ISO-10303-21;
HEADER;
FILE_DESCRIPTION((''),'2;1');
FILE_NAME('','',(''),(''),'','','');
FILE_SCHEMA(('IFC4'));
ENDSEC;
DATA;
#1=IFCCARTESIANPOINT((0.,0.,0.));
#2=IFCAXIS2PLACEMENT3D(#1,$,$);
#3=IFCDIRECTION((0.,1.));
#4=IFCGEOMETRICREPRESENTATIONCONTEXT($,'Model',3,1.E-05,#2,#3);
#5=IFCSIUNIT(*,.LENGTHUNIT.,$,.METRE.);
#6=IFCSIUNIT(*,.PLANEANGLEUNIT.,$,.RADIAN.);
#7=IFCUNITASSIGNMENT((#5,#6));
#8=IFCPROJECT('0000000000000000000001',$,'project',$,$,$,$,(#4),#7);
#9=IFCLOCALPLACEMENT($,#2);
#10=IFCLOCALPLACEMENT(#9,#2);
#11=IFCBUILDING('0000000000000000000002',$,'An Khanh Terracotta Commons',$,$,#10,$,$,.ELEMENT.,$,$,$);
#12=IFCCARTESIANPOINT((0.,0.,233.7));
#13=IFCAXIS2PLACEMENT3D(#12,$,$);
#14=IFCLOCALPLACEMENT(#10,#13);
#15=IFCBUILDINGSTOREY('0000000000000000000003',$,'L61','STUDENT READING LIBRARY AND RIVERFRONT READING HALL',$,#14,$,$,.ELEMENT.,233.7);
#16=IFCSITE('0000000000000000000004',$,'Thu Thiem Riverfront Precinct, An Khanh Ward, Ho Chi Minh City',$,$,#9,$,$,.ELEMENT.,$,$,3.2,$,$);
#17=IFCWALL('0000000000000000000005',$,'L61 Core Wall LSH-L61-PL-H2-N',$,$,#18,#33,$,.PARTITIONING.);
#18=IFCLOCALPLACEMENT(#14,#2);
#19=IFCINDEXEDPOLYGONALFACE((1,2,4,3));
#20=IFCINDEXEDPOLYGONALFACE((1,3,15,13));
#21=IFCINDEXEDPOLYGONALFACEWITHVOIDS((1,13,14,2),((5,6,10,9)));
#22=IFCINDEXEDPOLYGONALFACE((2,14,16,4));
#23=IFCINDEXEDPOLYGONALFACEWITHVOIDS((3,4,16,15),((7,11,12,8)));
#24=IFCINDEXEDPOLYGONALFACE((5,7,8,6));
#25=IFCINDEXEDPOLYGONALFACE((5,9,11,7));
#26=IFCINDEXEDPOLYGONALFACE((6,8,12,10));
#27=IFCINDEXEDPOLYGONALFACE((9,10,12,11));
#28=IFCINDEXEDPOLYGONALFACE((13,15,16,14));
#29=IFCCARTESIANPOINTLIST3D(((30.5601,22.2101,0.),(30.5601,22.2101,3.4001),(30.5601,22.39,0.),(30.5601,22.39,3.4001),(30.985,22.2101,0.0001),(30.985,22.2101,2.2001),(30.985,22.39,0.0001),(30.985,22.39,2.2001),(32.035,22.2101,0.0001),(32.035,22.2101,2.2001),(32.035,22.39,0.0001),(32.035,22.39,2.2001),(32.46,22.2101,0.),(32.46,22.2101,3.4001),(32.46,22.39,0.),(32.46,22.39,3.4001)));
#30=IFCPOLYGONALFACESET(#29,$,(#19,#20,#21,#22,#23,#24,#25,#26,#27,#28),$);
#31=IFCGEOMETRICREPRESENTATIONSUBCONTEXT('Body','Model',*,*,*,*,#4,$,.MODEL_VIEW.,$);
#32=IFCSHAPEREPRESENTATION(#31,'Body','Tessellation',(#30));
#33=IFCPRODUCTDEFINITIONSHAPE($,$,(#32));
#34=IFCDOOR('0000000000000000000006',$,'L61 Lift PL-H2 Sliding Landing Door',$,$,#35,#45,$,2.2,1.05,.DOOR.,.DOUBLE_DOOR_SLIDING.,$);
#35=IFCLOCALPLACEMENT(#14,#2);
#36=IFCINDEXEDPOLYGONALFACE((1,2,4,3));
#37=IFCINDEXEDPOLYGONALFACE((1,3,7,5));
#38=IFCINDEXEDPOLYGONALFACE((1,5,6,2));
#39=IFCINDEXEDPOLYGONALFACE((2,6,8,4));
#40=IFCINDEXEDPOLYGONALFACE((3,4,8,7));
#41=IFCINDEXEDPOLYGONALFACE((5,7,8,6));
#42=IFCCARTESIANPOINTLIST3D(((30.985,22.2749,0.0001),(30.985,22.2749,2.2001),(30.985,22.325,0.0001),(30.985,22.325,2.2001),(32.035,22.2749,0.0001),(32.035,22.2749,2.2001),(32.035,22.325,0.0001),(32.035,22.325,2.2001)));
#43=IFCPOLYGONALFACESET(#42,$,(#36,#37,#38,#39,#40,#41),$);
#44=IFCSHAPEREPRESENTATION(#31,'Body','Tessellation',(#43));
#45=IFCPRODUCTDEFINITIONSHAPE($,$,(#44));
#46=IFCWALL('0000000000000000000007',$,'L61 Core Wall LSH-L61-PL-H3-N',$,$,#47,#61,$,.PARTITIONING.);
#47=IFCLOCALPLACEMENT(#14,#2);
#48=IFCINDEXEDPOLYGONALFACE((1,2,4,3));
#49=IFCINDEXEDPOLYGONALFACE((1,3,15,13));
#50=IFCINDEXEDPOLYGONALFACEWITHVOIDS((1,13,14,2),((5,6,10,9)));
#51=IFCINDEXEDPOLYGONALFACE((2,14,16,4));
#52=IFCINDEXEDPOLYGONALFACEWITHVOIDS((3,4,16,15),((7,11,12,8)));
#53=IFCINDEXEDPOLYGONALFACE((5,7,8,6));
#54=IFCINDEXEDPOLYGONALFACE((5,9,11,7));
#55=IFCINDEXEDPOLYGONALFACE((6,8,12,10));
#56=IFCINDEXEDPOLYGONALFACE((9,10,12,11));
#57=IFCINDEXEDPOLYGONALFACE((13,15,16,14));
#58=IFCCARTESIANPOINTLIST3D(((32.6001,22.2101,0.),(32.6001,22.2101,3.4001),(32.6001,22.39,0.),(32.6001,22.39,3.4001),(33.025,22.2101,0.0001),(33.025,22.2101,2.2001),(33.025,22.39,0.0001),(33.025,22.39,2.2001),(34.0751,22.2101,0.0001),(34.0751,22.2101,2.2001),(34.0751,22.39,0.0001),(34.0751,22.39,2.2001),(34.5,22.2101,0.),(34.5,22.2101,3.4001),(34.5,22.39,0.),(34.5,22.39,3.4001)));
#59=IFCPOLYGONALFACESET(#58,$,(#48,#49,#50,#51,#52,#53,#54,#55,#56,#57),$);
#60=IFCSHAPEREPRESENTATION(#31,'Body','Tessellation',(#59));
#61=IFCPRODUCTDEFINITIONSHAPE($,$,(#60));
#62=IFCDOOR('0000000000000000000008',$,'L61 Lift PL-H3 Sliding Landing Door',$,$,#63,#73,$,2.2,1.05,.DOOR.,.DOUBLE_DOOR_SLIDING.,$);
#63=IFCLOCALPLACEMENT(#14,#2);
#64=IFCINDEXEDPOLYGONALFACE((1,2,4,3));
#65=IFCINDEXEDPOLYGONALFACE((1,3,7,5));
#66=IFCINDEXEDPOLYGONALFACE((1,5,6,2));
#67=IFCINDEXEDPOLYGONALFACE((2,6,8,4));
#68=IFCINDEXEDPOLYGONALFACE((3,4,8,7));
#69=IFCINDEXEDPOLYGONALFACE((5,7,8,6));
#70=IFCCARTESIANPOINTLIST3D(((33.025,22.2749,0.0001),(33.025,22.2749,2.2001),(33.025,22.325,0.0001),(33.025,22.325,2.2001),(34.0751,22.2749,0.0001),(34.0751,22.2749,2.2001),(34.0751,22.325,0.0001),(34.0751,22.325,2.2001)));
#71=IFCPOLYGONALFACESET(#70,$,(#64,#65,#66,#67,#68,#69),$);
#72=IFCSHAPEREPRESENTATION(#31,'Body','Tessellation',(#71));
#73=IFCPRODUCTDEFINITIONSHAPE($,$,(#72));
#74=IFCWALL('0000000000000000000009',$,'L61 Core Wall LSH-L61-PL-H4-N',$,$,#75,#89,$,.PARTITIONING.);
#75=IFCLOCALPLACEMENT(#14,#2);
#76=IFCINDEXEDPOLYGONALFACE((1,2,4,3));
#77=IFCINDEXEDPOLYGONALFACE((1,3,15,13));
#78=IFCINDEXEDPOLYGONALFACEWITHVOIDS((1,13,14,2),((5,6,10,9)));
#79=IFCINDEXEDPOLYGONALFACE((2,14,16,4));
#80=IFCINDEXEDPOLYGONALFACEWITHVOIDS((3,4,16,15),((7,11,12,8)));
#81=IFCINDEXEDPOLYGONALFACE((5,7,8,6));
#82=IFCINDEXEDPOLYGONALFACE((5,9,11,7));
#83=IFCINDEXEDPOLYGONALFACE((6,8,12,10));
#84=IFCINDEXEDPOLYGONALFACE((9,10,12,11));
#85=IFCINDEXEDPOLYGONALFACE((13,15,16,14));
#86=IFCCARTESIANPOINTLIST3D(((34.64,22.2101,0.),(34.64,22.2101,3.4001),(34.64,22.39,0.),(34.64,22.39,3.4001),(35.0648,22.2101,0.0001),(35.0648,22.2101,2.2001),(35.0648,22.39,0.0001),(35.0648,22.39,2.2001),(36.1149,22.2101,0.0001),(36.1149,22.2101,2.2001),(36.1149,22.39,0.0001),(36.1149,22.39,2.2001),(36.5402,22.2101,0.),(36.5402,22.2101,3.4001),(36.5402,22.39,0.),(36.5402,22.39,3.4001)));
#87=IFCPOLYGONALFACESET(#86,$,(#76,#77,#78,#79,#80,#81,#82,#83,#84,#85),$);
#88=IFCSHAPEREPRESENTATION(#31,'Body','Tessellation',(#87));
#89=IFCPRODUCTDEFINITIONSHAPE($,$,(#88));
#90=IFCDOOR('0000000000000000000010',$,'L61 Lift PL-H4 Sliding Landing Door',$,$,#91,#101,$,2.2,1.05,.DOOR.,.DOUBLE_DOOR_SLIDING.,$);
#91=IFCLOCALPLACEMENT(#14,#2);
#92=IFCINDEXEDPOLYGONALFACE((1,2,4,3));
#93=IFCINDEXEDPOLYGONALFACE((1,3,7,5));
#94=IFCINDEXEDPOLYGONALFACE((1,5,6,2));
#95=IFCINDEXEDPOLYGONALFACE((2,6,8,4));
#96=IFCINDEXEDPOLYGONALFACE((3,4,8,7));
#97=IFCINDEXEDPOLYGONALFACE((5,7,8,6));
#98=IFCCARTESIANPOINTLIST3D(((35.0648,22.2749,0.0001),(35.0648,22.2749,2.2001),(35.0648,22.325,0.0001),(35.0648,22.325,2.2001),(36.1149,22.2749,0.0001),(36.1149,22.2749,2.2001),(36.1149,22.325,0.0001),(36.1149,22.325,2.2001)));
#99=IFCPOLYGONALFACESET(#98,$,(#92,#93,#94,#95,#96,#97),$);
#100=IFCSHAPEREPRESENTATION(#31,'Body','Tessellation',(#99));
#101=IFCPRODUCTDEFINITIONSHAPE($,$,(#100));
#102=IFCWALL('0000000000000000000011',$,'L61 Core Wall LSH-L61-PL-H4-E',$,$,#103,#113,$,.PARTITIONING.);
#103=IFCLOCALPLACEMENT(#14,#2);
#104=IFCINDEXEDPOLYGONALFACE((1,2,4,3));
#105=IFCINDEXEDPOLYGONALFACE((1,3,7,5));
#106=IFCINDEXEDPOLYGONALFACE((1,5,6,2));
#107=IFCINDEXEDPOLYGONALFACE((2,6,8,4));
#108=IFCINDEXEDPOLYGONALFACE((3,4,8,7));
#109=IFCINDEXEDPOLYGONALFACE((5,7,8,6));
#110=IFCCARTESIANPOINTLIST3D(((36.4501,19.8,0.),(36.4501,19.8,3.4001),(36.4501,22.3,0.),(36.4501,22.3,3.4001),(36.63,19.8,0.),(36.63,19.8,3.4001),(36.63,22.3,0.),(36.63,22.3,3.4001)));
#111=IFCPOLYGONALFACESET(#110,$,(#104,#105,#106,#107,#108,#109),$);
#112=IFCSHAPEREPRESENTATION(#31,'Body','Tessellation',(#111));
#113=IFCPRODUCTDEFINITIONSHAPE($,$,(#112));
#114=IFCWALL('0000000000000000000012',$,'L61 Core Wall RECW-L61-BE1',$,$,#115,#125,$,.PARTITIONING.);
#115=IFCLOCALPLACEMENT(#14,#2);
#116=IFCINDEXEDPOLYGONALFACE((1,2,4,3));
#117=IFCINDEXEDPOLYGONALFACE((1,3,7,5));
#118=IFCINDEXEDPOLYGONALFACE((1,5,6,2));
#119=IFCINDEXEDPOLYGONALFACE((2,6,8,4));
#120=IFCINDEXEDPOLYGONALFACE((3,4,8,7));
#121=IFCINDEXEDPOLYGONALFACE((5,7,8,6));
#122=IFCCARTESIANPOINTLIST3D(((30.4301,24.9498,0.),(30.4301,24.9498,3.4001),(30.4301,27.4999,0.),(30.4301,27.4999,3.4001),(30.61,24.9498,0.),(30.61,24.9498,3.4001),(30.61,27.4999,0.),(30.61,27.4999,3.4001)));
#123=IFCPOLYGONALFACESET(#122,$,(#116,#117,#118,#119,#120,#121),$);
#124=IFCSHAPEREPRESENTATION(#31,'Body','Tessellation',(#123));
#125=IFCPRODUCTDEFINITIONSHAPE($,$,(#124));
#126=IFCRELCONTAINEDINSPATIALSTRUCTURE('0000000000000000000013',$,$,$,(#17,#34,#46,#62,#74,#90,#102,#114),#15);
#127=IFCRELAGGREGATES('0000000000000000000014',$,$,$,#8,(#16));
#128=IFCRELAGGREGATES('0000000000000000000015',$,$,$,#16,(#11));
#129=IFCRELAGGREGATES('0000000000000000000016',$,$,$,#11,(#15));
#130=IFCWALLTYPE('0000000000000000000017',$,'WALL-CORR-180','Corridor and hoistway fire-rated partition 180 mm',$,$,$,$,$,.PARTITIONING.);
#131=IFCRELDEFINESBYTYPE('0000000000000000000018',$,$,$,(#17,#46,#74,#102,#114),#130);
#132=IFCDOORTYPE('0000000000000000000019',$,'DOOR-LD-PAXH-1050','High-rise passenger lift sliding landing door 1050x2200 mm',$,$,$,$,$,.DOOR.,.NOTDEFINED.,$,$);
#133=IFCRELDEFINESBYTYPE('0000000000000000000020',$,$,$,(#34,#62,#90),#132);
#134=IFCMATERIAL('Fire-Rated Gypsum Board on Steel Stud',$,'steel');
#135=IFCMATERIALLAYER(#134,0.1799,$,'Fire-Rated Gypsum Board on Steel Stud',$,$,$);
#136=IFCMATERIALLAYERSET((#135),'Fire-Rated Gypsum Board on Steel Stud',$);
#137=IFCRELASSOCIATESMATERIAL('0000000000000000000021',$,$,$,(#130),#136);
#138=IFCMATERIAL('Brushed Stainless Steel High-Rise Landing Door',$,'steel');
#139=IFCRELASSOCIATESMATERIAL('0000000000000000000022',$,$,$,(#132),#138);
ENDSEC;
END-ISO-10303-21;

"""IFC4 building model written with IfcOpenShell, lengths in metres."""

from ifc_helpers import new_model, si_unit, direction, frame, frame_2d, origin, place, context, subcontext, project, spatial, rectangle, extrude, material, layer, layer_set, type_object, element, fill, save


model = new_model("IFC4")

# Units and contexts
model_context = context("Model", 3, precision=1e-05, world=origin(), true_north=direction((0.0, 1.0)))
body_context = subcontext(model_context, "Body", "Model", "MODEL_VIEW")
ifc_project = project(units=[si_unit("LENGTHUNIT", "METRE"), si_unit("PLANEANGLEUNIT", "RADIAN")], contexts=[model_context])

# Site, building, storey
site_placement = place(None, origin())
site = spatial("IfcSite", under=ifc_project, at=site_placement, Name="Thu Thiem Riverfront Precinct, An Khanh Ward, Ho Chi Minh City", CompositionType="ELEMENT", RefElevation=3.2)
building_placement = place(site_placement, origin())
building = spatial("IfcBuilding", under=site, at=building_placement, Name="An Khanh Terracotta Commons", CompositionType="ELEMENT")
storey_placement = place(building_placement, frame((0.0, 0.0, 233.7)))
storey = spatial("IfcBuildingStorey", under=building, at=storey_placement, Name="L61", Description="STUDENT READING LIBRARY AND RIVERFRONT READING HALL", CompositionType="ELEMENT", Elevation=233.7)

# Shared definitions
ifc_material_1 = material(Name="Fire-Rated Gypsum Board on Steel Stud", Category="steel")
ifc_layer = layer(ifc_material_1, 0.1799, Name="Fire-Rated Gypsum Board on Steel Stud")
ifc_layer_set = layer_set([ifc_layer], Name="Fire-Rated Gypsum Board on Steel Stud")
wall_type = type_object("IfcWallType", Name="WALL-CORR-180", Description="Corridor and hoistway fire-rated partition 180 mm", PredefinedType="PARTITIONING", material=ifc_layer_set)

# Shared definitions
ifc_material_2 = material(Name="Brushed Stainless Steel High-Rise Landing Door", Category="steel")
door_type = type_object("IfcDoorType", Name="DOOR-LD-PAXH-1050", Description="High-rise passenger lift sliding landing door 1050x2200 mm", OperationType="NOTDEFINED", PredefinedType="DOOR", material=ifc_material_2)

# Walls, openings, doors
wall_1_placement = place(storey_placement, frame((30.5601, 22.3, 0.0), z_axis=(0.0, 0.0, 1.0), x_axis=(1.0, 0.0, 0.0)))
wall_1 = element("IfcWall", 1, at=wall_1_placement, inside=storey, type_object=wall_type, Name="L61 Core Wall LSH-L61-PL-H2-N", PredefinedType="PARTITIONING", context=body_context, shape_type="SweptSolid", body=[
    extrude(rectangle(XDim=1.8999, YDim=0.1799, at=frame_2d((0.95, 0.0))), origin(), (0.0, 0.0, 1.0), 3.4001),
])
opening_1_placement = place(wall_1_placement, frame((0.425, 0.0, 0.0)))
opening_1 = element("IfcOpeningElement", 2, at=opening_1_placement, cuts=wall_1, PredefinedType="OPENING", context=body_context, shape_type="SweptSolid", body=[
    extrude(rectangle(XDim=1.05, YDim=2.2, at=frame_2d((0.5249, 1.1001))), frame((0.0, 0.0999, 0.0), z_axis=(0.0, -1.0, 0.0), x_axis=(1.0, 0.0, 0.0)), (0.0, 0.0, 1.0), 0.2),
])
door_1_placement = place(opening_1_placement, origin())
door_1 = element("IfcDoor", 3, at=door_1_placement, inside=storey, type_object=door_type, Name="L61 Lift PL-H2 Sliding Landing Door", OperationType="DOUBLE_DOOR_SLIDING", OverallHeight=2.2, OverallWidth=1.05, PredefinedType="DOOR", context=body_context, shape_type="SweptSolid", body=[
    extrude(rectangle(XDim=1.05, YDim=2.2, at=frame_2d((0.5249, 1.1001))), frame((0.0, 0.0249, 0.0), z_axis=(0.0, -1.0, 0.0), x_axis=(1.0, 0.0, 0.0)), (0.0, 0.0, 1.0), 0.05),
])
fill(opening_1, door_1)
wall_2_placement = place(storey_placement, frame((32.6001, 22.3, 0.0), z_axis=(0.0, 0.0, 1.0), x_axis=(1.0, 0.0, 0.0)))
wall_2 = element("IfcWall", 4, at=wall_2_placement, inside=storey, type_object=wall_type, Name="L61 Core Wall LSH-L61-PL-H3-N", PredefinedType="PARTITIONING", context=body_context, shape_type="SweptSolid", body=[
    extrude(rectangle(XDim=1.8999, YDim=0.1799, at=frame_2d((0.95, 0.0))), origin(), (0.0, 0.0, 1.0), 3.4001),
])
opening_2_placement = place(wall_2_placement, frame((0.425, 0.0, 0.0)))
opening_2 = element("IfcOpeningElement", 5, at=opening_2_placement, cuts=wall_2, PredefinedType="OPENING", context=body_context, shape_type="SweptSolid", body=[
    extrude(rectangle(XDim=1.05, YDim=2.2, at=frame_2d((0.5249, 1.1001))), frame((0.0, 0.0999, 0.0), z_axis=(0.0, -1.0, 0.0), x_axis=(1.0, 0.0, 0.0)), (0.0, 0.0, 1.0), 0.2),
])
door_2_placement = place(opening_2_placement, origin())
door_2 = element("IfcDoor", 6, at=door_2_placement, inside=storey, type_object=door_type, Name="L61 Lift PL-H3 Sliding Landing Door", OperationType="DOUBLE_DOOR_SLIDING", OverallHeight=2.2, OverallWidth=1.05, PredefinedType="DOOR", context=body_context, shape_type="SweptSolid", body=[
    extrude(rectangle(XDim=1.05, YDim=2.2, at=frame_2d((0.5249, 1.1001))), frame((0.0, 0.0249, 0.0), z_axis=(0.0, -1.0, 0.0), x_axis=(1.0, 0.0, 0.0)), (0.0, 0.0, 1.0), 0.05),
])
fill(opening_2, door_2)
wall_3_placement = place(storey_placement, frame((34.6399, 22.3, 0.0), z_axis=(0.0, 0.0, 1.0), x_axis=(1.0, 0.0, 0.0)))
wall_3 = element("IfcWall", 7, at=wall_3_placement, inside=storey, type_object=wall_type, Name="L61 Core Wall LSH-L61-PL-H4-N", PredefinedType="PARTITIONING", context=body_context, shape_type="SweptSolid", body=[
    extrude(rectangle(XDim=1.9001, YDim=0.1799, at=frame_2d((0.9502, 0.0))), origin(), (0.0, 0.0, 1.0), 3.4001),
])
opening_3_placement = place(wall_3_placement, frame((0.425, 0.0, 0.0)))
opening_3 = element("IfcOpeningElement", 8, at=opening_3_placement, cuts=wall_3, PredefinedType="OPENING", context=body_context, shape_type="SweptSolid", body=[
    extrude(rectangle(XDim=1.05, YDim=2.2, at=frame_2d((0.5249, 1.1001))), frame((0.0, 0.0999, 0.0), z_axis=(0.0, -1.0, 0.0), x_axis=(1.0, 0.0, 0.0)), (0.0, 0.0, 1.0), 0.2),
])
door_3_placement = place(opening_3_placement, origin())
door_3 = element("IfcDoor", 9, at=door_3_placement, inside=storey, type_object=door_type, Name="L61 Lift PL-H4 Sliding Landing Door", OperationType="DOUBLE_DOOR_SLIDING", OverallHeight=2.2, OverallWidth=1.05, PredefinedType="DOOR", context=body_context, shape_type="SweptSolid", body=[
    extrude(rectangle(XDim=1.05, YDim=2.2, at=frame_2d((0.5249, 1.1001))), frame((0.0, 0.0249, 0.0), z_axis=(0.0, -1.0, 0.0), x_axis=(1.0, 0.0, 0.0)), (0.0, 0.0, 1.0), 0.05),
])
fill(opening_3, door_3)

# Walls
wall_4_placement = place(storey_placement, frame((36.54, 19.8, 0.0), z_axis=(0.0, 0.0, 1.0), x_axis=(0.0, 1.0, 0.0)))
element("IfcWall", 10, at=wall_4_placement, inside=storey, type_object=wall_type, Name="L61 Core Wall LSH-L61-PL-H4-E", PredefinedType="PARTITIONING", context=body_context, shape_type="SweptSolid", body=[
    extrude(rectangle(XDim=2.5, YDim=0.1799, at=frame_2d((1.25, 0.0))), origin(), (0.0, 0.0, 1.0), 3.4001),
])
wall_5_placement = place(storey_placement, frame((30.52, 24.95, 0.0), z_axis=(0.0, 0.0, 1.0), x_axis=(0.0, 1.0, 0.0)))
element("IfcWall", 11, at=wall_5_placement, inside=storey, type_object=wall_type, Name="L61 Core Wall RECW-L61-BE1", PredefinedType="PARTITIONING", context=body_context, shape_type="SweptSolid", body=[
    extrude(rectangle(XDim=2.55, YDim=0.1799, at=frame_2d((1.2749, 0.0))), origin(), (0.0, 0.0, 1.0), 3.4001),
])

save(model, "model.ifc")
